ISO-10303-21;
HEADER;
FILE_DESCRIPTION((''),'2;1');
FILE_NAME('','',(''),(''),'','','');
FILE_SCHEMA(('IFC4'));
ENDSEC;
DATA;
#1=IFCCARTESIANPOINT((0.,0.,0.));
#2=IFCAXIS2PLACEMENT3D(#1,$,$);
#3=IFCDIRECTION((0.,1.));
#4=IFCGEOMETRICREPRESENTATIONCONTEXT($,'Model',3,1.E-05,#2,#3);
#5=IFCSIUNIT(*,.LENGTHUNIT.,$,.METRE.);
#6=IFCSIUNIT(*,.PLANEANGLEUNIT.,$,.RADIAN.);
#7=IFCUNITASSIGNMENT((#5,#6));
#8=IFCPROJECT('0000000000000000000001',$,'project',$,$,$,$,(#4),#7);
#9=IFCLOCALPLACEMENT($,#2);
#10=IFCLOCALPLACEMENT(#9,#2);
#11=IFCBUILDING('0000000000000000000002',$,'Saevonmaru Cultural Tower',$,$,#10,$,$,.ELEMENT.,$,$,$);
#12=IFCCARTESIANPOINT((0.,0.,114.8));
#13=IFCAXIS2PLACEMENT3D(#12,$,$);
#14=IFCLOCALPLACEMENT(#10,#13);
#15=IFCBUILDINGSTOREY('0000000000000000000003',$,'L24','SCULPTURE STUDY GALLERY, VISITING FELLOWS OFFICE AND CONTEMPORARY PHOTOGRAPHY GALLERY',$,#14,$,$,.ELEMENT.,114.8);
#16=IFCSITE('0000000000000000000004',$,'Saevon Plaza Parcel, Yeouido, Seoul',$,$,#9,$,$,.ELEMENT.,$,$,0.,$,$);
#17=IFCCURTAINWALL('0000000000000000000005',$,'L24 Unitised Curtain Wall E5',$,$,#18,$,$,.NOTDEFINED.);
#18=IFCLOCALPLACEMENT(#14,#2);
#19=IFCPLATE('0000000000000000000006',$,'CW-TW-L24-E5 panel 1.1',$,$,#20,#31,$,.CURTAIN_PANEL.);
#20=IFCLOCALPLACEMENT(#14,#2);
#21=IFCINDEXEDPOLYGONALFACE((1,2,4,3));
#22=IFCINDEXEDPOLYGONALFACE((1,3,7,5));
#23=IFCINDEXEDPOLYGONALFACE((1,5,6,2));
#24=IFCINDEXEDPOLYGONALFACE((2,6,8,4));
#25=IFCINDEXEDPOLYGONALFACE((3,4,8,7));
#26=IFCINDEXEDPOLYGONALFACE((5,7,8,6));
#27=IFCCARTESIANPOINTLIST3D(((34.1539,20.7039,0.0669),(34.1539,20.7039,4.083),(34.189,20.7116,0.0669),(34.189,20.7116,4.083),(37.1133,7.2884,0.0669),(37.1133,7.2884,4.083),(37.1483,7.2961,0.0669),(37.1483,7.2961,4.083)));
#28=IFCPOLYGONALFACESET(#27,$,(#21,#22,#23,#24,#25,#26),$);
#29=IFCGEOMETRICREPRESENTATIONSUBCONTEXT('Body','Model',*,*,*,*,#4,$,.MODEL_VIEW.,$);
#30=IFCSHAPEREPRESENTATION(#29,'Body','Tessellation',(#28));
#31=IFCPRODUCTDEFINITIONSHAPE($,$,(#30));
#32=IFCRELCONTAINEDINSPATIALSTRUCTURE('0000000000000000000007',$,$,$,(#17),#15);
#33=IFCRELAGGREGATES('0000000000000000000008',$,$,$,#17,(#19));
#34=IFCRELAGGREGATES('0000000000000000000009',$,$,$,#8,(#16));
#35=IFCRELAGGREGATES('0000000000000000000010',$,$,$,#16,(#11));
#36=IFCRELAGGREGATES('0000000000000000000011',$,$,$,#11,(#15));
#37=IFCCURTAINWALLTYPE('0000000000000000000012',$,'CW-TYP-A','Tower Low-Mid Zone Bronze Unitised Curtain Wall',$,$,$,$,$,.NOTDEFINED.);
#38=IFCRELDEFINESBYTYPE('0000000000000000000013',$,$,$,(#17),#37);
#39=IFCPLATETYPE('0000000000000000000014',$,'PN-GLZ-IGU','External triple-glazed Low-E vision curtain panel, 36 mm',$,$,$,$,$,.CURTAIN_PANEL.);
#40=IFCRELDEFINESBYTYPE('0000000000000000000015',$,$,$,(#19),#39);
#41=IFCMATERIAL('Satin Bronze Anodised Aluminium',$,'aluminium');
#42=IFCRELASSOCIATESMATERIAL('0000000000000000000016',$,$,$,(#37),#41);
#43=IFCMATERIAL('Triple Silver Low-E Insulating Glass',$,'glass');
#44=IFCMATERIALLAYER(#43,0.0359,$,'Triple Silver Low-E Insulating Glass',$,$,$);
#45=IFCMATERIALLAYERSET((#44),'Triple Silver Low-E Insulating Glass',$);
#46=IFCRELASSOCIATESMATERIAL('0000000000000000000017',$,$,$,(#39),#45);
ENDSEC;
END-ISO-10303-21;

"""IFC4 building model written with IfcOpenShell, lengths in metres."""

from ifc_helpers import new_model, si_unit, direction, frame, origin, origin_2d, place, context, subcontext, project, spatial, rectangle, extrude, material, layer, layer_set, type_object, element, aggregate, save


model = new_model("IFC4")

# Units and contexts
model_context = context("Model", 3, precision=1e-05, world=origin(), true_north=direction((0.0, 1.0)))
body_context = subcontext(model_context, "Body", "Model", "MODEL_VIEW")
ifc_project = project(units=[si_unit("LENGTHUNIT", "METRE"), si_unit("PLANEANGLEUNIT", "RADIAN")], contexts=[model_context])

# Site, building, storey
site_placement = place(None, origin())
site = spatial("IfcSite", under=ifc_project, at=site_placement, Name="Saevon Plaza Parcel, Yeouido, Seoul", CompositionType="ELEMENT", RefElevation=0.0)
building_placement = place(site_placement, origin())
building = spatial("IfcBuilding", under=site, at=building_placement, Name="Saevonmaru Cultural Tower", CompositionType="ELEMENT")
storey_placement = place(building_placement, frame((0.0, 0.0, 114.8)))
storey = spatial("IfcBuildingStorey", under=building, at=storey_placement, Name="L24", Description="SCULPTURE STUDY GALLERY, VISITING FELLOWS OFFICE AND CONTEMPORARY PHOTOGRAPHY GALLERY", CompositionType="ELEMENT", Elevation=114.8)

# Shared definitions
ifc_material_1 = material(Name="Satin Bronze Anodised Aluminium", Category="aluminium")
curtain_wall_type_1 = type_object("IfcCurtainWallType", Name="CW-TYP-A", Description="Tower Low-Mid Zone Bronze Unitised Curtain Wall", PredefinedType="NOTDEFINED", material=ifc_material_1)

# Curtain wall
curtain_wall_1_placement = place(storey_placement, origin())
curtain_wall_1 = element("IfcCurtainWall", 1, at=curtain_wall_1_placement, inside=storey, type_object=curtain_wall_type_1, Name="L24 Unitised Curtain Wall E5", PredefinedType="NOTDEFINED")

# Plate
ifc_material_2 = material(Name="Triple Silver Low-E Insulating Glass", Category="glass")
ifc_layer_1 = layer(ifc_material_2, 0.0359, Name="Triple Silver Low-E Insulating Glass")
ifc_layer_set_1 = layer_set([ifc_layer_1], Name="Triple Silver Low-E Insulating Glass")
plate_type_1 = type_object("IfcPlateType", Name="PN-GLZ-IGU", Description="External triple-glazed Low-E vision curtain panel, 36 mm", PredefinedType="CURTAIN_PANEL", material=ifc_layer_set_1)
plate_1_placement = place(storey_placement, frame((35.6511, 14.0, 0.0669), z_axis=(0.0, 0.0, 1.0), x_axis=(0.215413, -0.976523, 0.0)))
plate_1 = element("IfcPlate", 2, at=plate_1_placement, type_object=plate_type_1, Name="CW-TW-L24-E5 panel 1.1", PredefinedType="CURTAIN_PANEL", context=body_context, shape_type="SweptSolid", body=[
    extrude(rectangle(XDim=13.738, YDim=0.0359, at=origin_2d()), origin(), (0.0, 0.0, 1.0), 4.0161),
])
aggregate(curtain_wall_1, [plate_1])

save(model, "model.ifc")
